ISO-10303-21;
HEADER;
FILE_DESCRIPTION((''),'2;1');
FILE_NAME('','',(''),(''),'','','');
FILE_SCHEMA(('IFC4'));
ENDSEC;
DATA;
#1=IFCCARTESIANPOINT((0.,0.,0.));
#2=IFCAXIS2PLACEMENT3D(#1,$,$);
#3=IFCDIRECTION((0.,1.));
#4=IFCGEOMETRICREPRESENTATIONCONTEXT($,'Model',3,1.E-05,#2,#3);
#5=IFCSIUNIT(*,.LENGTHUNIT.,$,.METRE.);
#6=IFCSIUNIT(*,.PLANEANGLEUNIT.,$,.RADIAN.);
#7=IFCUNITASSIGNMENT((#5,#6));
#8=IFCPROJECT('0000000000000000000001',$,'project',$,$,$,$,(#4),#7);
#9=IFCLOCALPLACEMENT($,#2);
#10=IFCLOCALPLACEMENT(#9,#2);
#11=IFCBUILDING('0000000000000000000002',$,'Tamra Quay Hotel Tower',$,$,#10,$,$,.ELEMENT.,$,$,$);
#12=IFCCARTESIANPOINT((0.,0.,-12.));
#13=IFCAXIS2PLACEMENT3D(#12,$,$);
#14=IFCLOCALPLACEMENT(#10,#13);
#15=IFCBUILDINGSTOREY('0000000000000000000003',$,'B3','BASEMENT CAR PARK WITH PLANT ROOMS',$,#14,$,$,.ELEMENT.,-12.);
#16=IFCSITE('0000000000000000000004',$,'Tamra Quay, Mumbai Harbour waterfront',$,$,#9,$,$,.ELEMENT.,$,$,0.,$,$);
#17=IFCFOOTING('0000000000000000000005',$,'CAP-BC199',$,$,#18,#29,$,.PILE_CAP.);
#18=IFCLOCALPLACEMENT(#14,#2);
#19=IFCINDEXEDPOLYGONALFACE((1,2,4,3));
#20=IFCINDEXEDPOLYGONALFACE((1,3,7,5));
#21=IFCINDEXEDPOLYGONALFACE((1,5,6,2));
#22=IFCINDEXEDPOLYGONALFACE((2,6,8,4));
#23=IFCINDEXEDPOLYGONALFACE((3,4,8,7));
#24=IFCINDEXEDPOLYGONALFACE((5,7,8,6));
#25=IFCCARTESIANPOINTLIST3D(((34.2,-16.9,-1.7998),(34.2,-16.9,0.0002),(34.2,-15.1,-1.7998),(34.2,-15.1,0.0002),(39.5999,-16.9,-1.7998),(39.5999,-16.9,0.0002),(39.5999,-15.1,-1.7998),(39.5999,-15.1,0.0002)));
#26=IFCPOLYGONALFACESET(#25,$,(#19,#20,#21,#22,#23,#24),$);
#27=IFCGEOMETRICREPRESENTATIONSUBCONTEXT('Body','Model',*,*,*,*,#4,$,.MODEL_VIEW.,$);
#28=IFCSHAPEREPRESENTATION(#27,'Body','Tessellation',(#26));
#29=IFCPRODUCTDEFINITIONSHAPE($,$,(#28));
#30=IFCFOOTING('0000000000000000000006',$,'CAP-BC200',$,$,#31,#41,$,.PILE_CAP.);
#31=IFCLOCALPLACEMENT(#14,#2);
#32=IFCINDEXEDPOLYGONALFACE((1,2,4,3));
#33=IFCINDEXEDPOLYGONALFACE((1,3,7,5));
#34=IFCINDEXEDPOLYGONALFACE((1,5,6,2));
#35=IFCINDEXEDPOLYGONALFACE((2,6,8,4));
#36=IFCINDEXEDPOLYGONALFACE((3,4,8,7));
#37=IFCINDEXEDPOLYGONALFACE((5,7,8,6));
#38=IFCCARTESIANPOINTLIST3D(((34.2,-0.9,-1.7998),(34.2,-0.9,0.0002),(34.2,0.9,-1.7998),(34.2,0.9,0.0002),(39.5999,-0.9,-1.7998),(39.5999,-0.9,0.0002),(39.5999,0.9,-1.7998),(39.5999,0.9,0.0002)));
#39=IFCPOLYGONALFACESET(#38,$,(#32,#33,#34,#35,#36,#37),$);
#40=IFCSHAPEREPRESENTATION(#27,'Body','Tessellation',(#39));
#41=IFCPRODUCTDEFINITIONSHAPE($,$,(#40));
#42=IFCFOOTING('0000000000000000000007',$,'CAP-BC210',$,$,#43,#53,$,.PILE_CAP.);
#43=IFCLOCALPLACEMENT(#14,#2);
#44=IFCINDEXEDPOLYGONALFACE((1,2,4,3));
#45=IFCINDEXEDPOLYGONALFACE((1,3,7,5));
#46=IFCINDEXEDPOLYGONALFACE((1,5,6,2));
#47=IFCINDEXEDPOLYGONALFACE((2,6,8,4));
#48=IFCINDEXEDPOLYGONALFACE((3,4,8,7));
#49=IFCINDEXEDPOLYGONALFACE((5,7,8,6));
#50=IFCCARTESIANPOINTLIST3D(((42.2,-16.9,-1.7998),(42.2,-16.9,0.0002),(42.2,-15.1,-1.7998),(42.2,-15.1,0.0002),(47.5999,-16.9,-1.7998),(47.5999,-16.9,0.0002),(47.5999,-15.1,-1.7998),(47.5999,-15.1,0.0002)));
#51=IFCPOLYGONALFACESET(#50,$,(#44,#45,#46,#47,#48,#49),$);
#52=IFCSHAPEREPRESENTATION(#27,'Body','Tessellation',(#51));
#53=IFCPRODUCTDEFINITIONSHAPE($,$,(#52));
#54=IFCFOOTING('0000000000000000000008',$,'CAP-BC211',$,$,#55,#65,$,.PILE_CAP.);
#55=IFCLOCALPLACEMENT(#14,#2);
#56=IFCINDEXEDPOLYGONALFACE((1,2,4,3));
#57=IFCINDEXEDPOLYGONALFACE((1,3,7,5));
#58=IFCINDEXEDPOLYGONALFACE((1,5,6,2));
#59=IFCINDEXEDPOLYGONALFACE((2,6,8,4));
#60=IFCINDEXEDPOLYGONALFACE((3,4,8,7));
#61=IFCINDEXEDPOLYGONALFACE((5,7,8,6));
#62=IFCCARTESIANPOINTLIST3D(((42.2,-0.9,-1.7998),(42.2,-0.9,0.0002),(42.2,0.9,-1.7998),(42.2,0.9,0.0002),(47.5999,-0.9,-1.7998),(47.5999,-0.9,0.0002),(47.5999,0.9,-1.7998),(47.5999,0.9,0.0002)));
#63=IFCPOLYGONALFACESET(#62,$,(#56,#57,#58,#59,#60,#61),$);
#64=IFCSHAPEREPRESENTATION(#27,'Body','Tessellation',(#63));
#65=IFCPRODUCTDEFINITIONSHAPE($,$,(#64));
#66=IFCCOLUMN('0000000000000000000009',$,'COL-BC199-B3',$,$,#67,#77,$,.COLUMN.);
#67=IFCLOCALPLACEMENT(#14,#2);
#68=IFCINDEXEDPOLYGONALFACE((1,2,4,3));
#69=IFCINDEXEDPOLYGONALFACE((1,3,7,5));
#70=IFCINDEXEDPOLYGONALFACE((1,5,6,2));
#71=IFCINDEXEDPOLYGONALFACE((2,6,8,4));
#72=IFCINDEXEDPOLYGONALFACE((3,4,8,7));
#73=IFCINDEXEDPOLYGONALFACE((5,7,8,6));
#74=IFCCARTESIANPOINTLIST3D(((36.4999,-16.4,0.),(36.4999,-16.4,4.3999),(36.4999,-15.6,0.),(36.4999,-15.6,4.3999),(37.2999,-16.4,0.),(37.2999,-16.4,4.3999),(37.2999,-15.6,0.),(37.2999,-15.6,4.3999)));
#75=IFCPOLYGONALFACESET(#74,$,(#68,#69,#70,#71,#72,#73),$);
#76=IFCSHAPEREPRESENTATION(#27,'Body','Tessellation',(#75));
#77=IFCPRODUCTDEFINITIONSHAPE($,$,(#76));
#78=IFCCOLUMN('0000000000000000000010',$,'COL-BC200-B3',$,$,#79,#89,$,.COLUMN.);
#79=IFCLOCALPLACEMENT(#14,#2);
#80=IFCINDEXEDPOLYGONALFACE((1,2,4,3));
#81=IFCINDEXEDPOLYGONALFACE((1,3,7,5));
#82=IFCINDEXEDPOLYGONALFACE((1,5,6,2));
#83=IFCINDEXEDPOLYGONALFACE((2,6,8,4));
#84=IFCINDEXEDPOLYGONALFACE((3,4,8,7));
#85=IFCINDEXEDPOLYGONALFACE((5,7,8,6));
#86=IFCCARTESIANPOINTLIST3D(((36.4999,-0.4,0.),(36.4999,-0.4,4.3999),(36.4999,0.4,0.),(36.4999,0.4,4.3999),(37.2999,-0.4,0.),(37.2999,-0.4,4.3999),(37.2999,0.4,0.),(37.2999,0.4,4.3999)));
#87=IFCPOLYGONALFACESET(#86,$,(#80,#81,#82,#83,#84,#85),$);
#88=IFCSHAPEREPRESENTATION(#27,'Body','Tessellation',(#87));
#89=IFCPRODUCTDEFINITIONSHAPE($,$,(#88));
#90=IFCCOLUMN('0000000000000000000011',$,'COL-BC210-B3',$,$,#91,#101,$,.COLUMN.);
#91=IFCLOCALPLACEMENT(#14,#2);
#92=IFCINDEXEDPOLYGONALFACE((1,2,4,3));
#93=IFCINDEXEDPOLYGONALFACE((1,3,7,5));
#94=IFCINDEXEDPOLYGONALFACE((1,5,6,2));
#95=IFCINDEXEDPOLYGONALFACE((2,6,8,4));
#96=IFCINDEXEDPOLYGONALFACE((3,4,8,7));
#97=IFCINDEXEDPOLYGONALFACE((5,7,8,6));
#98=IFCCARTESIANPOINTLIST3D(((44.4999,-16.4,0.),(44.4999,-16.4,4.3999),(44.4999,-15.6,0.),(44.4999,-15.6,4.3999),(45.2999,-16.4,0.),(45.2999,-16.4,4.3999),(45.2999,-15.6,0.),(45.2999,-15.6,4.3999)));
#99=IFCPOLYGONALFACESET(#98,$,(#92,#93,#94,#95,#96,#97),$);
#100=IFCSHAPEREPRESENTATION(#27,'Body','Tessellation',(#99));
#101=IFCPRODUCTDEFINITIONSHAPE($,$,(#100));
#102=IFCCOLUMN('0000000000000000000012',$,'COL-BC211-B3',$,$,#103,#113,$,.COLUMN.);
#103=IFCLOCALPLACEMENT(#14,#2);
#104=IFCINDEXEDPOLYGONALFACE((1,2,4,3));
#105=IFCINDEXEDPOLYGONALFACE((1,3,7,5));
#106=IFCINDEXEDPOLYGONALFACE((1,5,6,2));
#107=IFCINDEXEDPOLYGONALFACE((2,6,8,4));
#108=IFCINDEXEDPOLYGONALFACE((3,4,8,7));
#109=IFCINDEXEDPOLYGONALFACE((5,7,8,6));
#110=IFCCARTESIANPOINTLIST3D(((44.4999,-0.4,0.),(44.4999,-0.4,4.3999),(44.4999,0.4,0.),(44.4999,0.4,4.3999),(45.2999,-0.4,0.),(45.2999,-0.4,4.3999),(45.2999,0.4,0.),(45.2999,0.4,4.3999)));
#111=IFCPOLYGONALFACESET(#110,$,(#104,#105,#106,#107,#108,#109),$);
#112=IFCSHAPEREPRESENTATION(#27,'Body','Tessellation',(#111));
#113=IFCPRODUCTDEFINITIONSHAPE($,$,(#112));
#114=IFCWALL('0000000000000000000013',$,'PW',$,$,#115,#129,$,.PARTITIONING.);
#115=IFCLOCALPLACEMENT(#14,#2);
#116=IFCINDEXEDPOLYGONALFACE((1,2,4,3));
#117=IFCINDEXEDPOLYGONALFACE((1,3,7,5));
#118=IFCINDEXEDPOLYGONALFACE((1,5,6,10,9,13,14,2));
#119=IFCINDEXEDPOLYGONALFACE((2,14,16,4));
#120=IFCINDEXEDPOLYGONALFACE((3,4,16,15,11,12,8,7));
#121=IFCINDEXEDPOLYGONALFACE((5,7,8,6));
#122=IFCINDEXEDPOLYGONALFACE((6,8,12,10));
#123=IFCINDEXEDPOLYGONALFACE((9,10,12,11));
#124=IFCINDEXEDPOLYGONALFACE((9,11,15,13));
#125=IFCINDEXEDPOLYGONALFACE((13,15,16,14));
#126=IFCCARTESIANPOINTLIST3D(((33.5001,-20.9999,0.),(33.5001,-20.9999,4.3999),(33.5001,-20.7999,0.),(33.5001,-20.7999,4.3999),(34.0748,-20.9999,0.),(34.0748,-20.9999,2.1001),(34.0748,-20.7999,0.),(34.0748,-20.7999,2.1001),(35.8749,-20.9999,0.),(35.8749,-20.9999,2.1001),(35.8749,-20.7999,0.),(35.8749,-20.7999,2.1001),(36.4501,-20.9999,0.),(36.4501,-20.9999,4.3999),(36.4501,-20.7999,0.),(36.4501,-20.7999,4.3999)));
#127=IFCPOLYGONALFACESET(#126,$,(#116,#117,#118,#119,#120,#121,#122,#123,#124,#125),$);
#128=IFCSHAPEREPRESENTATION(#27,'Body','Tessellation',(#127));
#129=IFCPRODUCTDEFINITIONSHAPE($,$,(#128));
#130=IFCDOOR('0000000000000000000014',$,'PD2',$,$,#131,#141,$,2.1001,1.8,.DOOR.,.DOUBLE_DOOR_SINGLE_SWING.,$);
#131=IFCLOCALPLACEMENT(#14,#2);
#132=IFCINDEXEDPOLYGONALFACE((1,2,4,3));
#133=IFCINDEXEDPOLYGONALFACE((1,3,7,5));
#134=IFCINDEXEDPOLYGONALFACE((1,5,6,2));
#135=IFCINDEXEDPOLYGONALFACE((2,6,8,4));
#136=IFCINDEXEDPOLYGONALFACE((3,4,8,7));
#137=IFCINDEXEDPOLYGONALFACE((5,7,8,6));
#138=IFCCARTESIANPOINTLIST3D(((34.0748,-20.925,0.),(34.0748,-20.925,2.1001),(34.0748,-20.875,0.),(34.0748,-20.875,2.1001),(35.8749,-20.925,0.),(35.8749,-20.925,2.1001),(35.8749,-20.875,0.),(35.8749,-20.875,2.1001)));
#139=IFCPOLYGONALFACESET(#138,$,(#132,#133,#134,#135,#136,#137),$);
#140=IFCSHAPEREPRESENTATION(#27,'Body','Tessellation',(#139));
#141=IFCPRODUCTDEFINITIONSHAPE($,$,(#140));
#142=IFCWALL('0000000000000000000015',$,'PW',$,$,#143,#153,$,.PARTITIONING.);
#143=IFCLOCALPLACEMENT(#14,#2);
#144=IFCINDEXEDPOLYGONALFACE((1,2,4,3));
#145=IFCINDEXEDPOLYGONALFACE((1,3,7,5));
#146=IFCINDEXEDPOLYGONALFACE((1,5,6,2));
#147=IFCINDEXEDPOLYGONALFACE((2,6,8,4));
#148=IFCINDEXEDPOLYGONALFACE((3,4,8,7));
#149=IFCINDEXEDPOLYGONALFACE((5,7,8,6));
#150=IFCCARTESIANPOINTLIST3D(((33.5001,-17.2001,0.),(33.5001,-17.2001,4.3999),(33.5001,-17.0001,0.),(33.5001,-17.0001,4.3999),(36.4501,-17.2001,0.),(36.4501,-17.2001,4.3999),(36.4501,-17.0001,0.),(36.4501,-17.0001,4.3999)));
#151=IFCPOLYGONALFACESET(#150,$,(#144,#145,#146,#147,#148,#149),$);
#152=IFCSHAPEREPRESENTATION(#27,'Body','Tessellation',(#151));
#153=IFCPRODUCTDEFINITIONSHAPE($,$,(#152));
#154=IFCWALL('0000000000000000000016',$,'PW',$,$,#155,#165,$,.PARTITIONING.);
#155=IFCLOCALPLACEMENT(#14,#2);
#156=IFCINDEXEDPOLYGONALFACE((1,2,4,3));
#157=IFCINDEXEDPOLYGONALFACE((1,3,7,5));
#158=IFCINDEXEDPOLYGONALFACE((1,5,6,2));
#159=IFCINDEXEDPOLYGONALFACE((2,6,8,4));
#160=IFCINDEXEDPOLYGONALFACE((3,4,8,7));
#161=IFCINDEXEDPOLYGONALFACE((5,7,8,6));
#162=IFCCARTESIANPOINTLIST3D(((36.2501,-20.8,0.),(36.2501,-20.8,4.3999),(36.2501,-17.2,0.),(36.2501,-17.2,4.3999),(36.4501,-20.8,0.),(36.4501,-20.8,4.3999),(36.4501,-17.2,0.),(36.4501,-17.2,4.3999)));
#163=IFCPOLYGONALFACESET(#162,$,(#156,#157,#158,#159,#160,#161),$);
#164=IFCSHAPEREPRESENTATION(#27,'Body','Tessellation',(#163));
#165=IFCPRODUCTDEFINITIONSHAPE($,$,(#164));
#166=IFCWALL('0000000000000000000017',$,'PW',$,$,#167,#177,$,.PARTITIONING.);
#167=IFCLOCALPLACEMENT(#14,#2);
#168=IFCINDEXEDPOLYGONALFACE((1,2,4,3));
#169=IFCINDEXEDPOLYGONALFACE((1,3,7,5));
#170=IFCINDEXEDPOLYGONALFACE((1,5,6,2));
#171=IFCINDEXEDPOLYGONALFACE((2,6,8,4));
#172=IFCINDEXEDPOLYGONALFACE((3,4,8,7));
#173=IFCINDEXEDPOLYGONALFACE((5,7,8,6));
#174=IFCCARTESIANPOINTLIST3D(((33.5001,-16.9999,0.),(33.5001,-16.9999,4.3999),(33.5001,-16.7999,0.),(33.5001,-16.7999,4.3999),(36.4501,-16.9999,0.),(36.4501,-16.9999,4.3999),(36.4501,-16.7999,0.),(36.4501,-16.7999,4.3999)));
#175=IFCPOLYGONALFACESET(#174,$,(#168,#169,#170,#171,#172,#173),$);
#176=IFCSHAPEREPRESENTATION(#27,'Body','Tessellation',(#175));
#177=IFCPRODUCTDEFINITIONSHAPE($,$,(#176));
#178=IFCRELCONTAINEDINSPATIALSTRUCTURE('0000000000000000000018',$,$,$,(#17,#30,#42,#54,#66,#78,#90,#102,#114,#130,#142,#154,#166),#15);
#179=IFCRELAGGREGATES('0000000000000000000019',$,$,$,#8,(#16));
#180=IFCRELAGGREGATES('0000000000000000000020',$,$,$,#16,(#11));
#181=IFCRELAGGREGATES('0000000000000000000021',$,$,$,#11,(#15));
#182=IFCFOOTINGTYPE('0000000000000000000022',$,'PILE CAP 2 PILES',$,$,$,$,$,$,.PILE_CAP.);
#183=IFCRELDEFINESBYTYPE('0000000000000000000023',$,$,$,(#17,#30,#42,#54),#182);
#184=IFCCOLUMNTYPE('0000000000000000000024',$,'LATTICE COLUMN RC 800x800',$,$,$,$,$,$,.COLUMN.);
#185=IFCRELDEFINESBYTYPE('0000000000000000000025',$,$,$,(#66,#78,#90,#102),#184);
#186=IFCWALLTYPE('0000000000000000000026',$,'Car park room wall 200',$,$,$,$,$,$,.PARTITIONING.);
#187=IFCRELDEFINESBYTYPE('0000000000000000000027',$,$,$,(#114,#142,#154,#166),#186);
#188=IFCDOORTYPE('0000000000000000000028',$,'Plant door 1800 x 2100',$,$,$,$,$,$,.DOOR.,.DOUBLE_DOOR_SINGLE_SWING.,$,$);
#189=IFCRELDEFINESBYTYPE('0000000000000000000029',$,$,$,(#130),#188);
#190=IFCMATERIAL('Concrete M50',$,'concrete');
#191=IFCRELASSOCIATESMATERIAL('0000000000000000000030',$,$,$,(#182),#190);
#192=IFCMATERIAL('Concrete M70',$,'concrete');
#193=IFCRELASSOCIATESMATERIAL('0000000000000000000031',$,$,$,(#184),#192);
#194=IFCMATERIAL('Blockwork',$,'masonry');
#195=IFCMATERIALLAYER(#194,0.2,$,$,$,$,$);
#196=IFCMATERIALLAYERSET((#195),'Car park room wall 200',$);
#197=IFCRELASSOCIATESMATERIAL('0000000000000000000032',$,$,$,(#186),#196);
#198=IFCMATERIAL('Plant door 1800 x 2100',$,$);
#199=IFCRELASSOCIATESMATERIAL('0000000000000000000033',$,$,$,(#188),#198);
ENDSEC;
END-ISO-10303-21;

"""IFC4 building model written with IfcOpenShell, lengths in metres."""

from ifc_helpers import new_model, si_unit, direction, frame, frame_2d, origin, origin_2d, place, context, subcontext, project, spatial, rectangle, extrude, material, layer, layer_set, material_profile, profile_set, type_object, element, fill, save


model = new_model("IFC4")

# Units and contexts
model_context = context("Model", 3, precision=1e-05, world=origin(), true_north=direction((0.0, 1.0)))
body_context = subcontext(model_context, "Body", "Model", "MODEL_VIEW")
ifc_project = project(units=[si_unit("LENGTHUNIT", "METRE"), si_unit("PLANEANGLEUNIT", "RADIAN")], contexts=[model_context])

# Site, building, storey
site_placement = place(None, origin())
site = spatial("IfcSite", under=ifc_project, at=site_placement, Name="Tamra Quay, Mumbai Harbour waterfront", CompositionType="ELEMENT", RefElevation=0.0)
building_placement = place(site_placement, origin())
building = spatial("IfcBuilding", under=site, at=building_placement, Name="Tamra Quay Hotel Tower", CompositionType="ELEMENT")
storey_placement = place(building_placement, frame((0.0, 0.0, -12.0)))
storey = spatial("IfcBuildingStorey", under=building, at=storey_placement, Name="B3", Description="BASEMENT CAR PARK WITH PLANT ROOMS", CompositionType="ELEMENT", Elevation=-12.0)

# Footings
ifc_material_1 = material(Name="Concrete M50", Category="concrete")
footing_type = type_object("IfcFootingType", Name="PILE CAP 2 PILES", PredefinedType="PILE_CAP", material=ifc_material_1)
for number, where, z_axis, x_axis, name in (
    (1, (36.8999, -16.0, -1.7998), (0.0, 0.0, 1.0), (1.0, 0.0, 0.0), "CAP-BC199"),
    (2, (36.8999, 0.0, -1.7998), (0.0, 0.0, 1.0), (1.0, 0.0, 0.0), "CAP-BC200"),
    (3, (44.8999, -16.0, -1.7998), (0.0, 0.0, 1.0), (1.0, 0.0, 0.0), "CAP-BC210"),
    (4, (44.8999, 0.0, -1.7998), (0.0, 0.0, 1.0), (1.0, 0.0, 0.0), "CAP-BC211"),
):
    element("IfcFooting", number, at=place(storey_placement, frame(where, z_axis=z_axis, x_axis=x_axis)), inside=storey, type_object=footing_type, Name=name, PredefinedType="PILE_CAP", context=body_context, shape_type="SweptSolid", body=[
        extrude(rectangle(XDim=5.3999, YDim=1.8, at=origin_2d()), origin(), (0.0, 0.0, 1.0), 1.8),
    ])

# Columns
ifc_material_2 = material(Name="Concrete M70", Category="concrete")
ifc_material_profile_1 = material_profile(ifc_material_2, rectangle(XDim=0.8, YDim=0.8, at=origin_2d()), Name="LATTICE COLUMN RC 800x800")
ifc_profile_set_1 = profile_set([ifc_material_profile_1], Name="Concrete M70")
column_type = type_object("IfcColumnType", Name="LATTICE COLUMN RC 800x800", PredefinedType="COLUMN", material=ifc_profile_set_1)
for number, where, z_axis, x_axis, name in (
    (5, (36.8999, -16.0, 0.0), (0.0, 0.0, 1.0), (1.0, 0.0, 0.0), "COL-BC199-B3"),
    (6, (36.8999, 0.0, 0.0), (0.0, 0.0, 1.0), (1.0, 0.0, 0.0), "COL-BC200-B3"),
    (7, (44.8999, -16.0, 0.0), (0.0, 0.0, 1.0), (1.0, 0.0, 0.0), "COL-BC210-B3"),
    (8, (44.8999, 0.0, 0.0), (0.0, 0.0, 1.0), (1.0, 0.0, 0.0), "COL-BC211-B3"),
):
    element("IfcColumn", number, at=place(storey_placement, frame(where, z_axis=z_axis, x_axis=x_axis)), inside=storey, type_object=column_type, Name=name, PredefinedType="COLUMN", context=body_context, shape_type="SweptSolid", body=[
        extrude(rectangle(XDim=0.8, YDim=0.8, at=origin_2d()), origin(), (0.0, 0.0, 1.0), 4.3999),
    ])

# Wall, opening, door
ifc_material_3 = material(Name="Blockwork", Category="masonry")
ifc_layer_1 = layer(ifc_material_3, 0.2)
ifc_layer_set_1 = layer_set([ifc_layer_1], Name="Car park room wall 200")
wall_type_1 = type_object("IfcWallType", Name="Car park room wall 200", PredefinedType="PARTITIONING", material=ifc_layer_set_1)
wall_1_placement = place(storey_placement, frame((33.5, -20.8999, 0.0), z_axis=(0.0, 0.0, 1.0), x_axis=(1.0, 0.0, 0.0)))
wall_1 = element("IfcWall", 9, at=wall_1_placement, inside=storey, type_object=wall_type_1, Name="PW", PredefinedType="PARTITIONING", context=body_context, shape_type="SweptSolid", body=[
    extrude(rectangle(XDim=2.95, YDim=0.2, at=frame_2d((1.4751, 0.0))), origin(), (0.0, 0.0, 1.0), 4.3999),
])
opening_1_placement = place(wall_1_placement, frame((0.575, 0.0, 0.0)))
opening_1 = element("IfcOpeningElement", 10, at=opening_1_placement, cuts=wall_1, PredefinedType="OPENING", context=body_context, shape_type="SweptSolid", body=[
    extrude(rectangle(XDim=1.8, YDim=2.1001, at=frame_2d((0.8999, 1.05))), frame((0.0, 0.1099, 0.0), z_axis=(0.0, -1.0, 0.0), x_axis=(1.0, 0.0, 0.0)), (0.0, 0.0, 1.0), 0.22),
])
ifc_material_4 = material(Name="Plant door 1800 x 2100")
door_type_1 = type_object("IfcDoorType", Name="Plant door 1800 x 2100", OperationType="DOUBLE_DOOR_SINGLE_SWING", PredefinedType="DOOR", material=ifc_material_4)
door_1_placement = place(opening_1_placement, origin())
door_1 = element("IfcDoor", 11, at=door_1_placement, inside=storey, type_object=door_type_1, Name="PD2", OperationType="DOUBLE_DOOR_SINGLE_SWING", OverallHeight=2.1001, OverallWidth=1.8, PredefinedType="DOOR", context=body_context, shape_type="SweptSolid", body=[
    extrude(rectangle(XDim=1.8, YDim=2.1001, at=frame_2d((0.8999, 1.05))), frame((0.0, 0.0249, 0.0), z_axis=(0.0, -1.0, 0.0), x_axis=(1.0, 0.0, 0.0)), (0.0, 0.0, 1.0), 0.05),
])
fill(opening_1, door_1)

# Walls
wall_2_placement = place(storey_placement, frame((33.5, -17.1001, 0.0), z_axis=(0.0, 0.0, 1.0), x_axis=(1.0, 0.0, 0.0)))
element("IfcWall", 12, at=wall_2_placement, inside=storey, type_object=wall_type_1, Name="PW", PredefinedType="PARTITIONING", context=body_context, shape_type="SweptSolid", body=[
    extrude(rectangle(XDim=2.95, YDim=0.2, at=frame_2d((1.4751, 0.0))), origin(), (0.0, 0.0, 1.0), 4.3999),
])
wall_3_placement = place(storey_placement, frame((36.3501, -20.8, 0.0), z_axis=(0.0, 0.0, 1.0), x_axis=(0.0, 1.0, 0.0)))
element("IfcWall", 13, at=wall_3_placement, inside=storey, type_object=wall_type_1, Name="PW", PredefinedType="PARTITIONING", context=body_context, shape_type="SweptSolid", body=[
    extrude(rectangle(XDim=3.6001, YDim=0.2, at=frame_2d((1.8, 0.0))), origin(), (0.0, 0.0, 1.0), 4.3999),
])
wall_4_placement = place(storey_placement, frame((33.5, -16.8999, 0.0), z_axis=(0.0, 0.0, 1.0), x_axis=(1.0, 0.0, 0.0)))
element("IfcWall", 14, at=wall_4_placement, inside=storey, type_object=wall_type_1, Name="PW", PredefinedType="PARTITIONING", context=body_context, shape_type="SweptSolid", body=[
    extrude(rectangle(XDim=2.95, YDim=0.2, at=frame_2d((1.4751, 0.0))), origin(), (0.0, 0.0, 1.0), 4.3999),
])

save(model, "model.ifc")
